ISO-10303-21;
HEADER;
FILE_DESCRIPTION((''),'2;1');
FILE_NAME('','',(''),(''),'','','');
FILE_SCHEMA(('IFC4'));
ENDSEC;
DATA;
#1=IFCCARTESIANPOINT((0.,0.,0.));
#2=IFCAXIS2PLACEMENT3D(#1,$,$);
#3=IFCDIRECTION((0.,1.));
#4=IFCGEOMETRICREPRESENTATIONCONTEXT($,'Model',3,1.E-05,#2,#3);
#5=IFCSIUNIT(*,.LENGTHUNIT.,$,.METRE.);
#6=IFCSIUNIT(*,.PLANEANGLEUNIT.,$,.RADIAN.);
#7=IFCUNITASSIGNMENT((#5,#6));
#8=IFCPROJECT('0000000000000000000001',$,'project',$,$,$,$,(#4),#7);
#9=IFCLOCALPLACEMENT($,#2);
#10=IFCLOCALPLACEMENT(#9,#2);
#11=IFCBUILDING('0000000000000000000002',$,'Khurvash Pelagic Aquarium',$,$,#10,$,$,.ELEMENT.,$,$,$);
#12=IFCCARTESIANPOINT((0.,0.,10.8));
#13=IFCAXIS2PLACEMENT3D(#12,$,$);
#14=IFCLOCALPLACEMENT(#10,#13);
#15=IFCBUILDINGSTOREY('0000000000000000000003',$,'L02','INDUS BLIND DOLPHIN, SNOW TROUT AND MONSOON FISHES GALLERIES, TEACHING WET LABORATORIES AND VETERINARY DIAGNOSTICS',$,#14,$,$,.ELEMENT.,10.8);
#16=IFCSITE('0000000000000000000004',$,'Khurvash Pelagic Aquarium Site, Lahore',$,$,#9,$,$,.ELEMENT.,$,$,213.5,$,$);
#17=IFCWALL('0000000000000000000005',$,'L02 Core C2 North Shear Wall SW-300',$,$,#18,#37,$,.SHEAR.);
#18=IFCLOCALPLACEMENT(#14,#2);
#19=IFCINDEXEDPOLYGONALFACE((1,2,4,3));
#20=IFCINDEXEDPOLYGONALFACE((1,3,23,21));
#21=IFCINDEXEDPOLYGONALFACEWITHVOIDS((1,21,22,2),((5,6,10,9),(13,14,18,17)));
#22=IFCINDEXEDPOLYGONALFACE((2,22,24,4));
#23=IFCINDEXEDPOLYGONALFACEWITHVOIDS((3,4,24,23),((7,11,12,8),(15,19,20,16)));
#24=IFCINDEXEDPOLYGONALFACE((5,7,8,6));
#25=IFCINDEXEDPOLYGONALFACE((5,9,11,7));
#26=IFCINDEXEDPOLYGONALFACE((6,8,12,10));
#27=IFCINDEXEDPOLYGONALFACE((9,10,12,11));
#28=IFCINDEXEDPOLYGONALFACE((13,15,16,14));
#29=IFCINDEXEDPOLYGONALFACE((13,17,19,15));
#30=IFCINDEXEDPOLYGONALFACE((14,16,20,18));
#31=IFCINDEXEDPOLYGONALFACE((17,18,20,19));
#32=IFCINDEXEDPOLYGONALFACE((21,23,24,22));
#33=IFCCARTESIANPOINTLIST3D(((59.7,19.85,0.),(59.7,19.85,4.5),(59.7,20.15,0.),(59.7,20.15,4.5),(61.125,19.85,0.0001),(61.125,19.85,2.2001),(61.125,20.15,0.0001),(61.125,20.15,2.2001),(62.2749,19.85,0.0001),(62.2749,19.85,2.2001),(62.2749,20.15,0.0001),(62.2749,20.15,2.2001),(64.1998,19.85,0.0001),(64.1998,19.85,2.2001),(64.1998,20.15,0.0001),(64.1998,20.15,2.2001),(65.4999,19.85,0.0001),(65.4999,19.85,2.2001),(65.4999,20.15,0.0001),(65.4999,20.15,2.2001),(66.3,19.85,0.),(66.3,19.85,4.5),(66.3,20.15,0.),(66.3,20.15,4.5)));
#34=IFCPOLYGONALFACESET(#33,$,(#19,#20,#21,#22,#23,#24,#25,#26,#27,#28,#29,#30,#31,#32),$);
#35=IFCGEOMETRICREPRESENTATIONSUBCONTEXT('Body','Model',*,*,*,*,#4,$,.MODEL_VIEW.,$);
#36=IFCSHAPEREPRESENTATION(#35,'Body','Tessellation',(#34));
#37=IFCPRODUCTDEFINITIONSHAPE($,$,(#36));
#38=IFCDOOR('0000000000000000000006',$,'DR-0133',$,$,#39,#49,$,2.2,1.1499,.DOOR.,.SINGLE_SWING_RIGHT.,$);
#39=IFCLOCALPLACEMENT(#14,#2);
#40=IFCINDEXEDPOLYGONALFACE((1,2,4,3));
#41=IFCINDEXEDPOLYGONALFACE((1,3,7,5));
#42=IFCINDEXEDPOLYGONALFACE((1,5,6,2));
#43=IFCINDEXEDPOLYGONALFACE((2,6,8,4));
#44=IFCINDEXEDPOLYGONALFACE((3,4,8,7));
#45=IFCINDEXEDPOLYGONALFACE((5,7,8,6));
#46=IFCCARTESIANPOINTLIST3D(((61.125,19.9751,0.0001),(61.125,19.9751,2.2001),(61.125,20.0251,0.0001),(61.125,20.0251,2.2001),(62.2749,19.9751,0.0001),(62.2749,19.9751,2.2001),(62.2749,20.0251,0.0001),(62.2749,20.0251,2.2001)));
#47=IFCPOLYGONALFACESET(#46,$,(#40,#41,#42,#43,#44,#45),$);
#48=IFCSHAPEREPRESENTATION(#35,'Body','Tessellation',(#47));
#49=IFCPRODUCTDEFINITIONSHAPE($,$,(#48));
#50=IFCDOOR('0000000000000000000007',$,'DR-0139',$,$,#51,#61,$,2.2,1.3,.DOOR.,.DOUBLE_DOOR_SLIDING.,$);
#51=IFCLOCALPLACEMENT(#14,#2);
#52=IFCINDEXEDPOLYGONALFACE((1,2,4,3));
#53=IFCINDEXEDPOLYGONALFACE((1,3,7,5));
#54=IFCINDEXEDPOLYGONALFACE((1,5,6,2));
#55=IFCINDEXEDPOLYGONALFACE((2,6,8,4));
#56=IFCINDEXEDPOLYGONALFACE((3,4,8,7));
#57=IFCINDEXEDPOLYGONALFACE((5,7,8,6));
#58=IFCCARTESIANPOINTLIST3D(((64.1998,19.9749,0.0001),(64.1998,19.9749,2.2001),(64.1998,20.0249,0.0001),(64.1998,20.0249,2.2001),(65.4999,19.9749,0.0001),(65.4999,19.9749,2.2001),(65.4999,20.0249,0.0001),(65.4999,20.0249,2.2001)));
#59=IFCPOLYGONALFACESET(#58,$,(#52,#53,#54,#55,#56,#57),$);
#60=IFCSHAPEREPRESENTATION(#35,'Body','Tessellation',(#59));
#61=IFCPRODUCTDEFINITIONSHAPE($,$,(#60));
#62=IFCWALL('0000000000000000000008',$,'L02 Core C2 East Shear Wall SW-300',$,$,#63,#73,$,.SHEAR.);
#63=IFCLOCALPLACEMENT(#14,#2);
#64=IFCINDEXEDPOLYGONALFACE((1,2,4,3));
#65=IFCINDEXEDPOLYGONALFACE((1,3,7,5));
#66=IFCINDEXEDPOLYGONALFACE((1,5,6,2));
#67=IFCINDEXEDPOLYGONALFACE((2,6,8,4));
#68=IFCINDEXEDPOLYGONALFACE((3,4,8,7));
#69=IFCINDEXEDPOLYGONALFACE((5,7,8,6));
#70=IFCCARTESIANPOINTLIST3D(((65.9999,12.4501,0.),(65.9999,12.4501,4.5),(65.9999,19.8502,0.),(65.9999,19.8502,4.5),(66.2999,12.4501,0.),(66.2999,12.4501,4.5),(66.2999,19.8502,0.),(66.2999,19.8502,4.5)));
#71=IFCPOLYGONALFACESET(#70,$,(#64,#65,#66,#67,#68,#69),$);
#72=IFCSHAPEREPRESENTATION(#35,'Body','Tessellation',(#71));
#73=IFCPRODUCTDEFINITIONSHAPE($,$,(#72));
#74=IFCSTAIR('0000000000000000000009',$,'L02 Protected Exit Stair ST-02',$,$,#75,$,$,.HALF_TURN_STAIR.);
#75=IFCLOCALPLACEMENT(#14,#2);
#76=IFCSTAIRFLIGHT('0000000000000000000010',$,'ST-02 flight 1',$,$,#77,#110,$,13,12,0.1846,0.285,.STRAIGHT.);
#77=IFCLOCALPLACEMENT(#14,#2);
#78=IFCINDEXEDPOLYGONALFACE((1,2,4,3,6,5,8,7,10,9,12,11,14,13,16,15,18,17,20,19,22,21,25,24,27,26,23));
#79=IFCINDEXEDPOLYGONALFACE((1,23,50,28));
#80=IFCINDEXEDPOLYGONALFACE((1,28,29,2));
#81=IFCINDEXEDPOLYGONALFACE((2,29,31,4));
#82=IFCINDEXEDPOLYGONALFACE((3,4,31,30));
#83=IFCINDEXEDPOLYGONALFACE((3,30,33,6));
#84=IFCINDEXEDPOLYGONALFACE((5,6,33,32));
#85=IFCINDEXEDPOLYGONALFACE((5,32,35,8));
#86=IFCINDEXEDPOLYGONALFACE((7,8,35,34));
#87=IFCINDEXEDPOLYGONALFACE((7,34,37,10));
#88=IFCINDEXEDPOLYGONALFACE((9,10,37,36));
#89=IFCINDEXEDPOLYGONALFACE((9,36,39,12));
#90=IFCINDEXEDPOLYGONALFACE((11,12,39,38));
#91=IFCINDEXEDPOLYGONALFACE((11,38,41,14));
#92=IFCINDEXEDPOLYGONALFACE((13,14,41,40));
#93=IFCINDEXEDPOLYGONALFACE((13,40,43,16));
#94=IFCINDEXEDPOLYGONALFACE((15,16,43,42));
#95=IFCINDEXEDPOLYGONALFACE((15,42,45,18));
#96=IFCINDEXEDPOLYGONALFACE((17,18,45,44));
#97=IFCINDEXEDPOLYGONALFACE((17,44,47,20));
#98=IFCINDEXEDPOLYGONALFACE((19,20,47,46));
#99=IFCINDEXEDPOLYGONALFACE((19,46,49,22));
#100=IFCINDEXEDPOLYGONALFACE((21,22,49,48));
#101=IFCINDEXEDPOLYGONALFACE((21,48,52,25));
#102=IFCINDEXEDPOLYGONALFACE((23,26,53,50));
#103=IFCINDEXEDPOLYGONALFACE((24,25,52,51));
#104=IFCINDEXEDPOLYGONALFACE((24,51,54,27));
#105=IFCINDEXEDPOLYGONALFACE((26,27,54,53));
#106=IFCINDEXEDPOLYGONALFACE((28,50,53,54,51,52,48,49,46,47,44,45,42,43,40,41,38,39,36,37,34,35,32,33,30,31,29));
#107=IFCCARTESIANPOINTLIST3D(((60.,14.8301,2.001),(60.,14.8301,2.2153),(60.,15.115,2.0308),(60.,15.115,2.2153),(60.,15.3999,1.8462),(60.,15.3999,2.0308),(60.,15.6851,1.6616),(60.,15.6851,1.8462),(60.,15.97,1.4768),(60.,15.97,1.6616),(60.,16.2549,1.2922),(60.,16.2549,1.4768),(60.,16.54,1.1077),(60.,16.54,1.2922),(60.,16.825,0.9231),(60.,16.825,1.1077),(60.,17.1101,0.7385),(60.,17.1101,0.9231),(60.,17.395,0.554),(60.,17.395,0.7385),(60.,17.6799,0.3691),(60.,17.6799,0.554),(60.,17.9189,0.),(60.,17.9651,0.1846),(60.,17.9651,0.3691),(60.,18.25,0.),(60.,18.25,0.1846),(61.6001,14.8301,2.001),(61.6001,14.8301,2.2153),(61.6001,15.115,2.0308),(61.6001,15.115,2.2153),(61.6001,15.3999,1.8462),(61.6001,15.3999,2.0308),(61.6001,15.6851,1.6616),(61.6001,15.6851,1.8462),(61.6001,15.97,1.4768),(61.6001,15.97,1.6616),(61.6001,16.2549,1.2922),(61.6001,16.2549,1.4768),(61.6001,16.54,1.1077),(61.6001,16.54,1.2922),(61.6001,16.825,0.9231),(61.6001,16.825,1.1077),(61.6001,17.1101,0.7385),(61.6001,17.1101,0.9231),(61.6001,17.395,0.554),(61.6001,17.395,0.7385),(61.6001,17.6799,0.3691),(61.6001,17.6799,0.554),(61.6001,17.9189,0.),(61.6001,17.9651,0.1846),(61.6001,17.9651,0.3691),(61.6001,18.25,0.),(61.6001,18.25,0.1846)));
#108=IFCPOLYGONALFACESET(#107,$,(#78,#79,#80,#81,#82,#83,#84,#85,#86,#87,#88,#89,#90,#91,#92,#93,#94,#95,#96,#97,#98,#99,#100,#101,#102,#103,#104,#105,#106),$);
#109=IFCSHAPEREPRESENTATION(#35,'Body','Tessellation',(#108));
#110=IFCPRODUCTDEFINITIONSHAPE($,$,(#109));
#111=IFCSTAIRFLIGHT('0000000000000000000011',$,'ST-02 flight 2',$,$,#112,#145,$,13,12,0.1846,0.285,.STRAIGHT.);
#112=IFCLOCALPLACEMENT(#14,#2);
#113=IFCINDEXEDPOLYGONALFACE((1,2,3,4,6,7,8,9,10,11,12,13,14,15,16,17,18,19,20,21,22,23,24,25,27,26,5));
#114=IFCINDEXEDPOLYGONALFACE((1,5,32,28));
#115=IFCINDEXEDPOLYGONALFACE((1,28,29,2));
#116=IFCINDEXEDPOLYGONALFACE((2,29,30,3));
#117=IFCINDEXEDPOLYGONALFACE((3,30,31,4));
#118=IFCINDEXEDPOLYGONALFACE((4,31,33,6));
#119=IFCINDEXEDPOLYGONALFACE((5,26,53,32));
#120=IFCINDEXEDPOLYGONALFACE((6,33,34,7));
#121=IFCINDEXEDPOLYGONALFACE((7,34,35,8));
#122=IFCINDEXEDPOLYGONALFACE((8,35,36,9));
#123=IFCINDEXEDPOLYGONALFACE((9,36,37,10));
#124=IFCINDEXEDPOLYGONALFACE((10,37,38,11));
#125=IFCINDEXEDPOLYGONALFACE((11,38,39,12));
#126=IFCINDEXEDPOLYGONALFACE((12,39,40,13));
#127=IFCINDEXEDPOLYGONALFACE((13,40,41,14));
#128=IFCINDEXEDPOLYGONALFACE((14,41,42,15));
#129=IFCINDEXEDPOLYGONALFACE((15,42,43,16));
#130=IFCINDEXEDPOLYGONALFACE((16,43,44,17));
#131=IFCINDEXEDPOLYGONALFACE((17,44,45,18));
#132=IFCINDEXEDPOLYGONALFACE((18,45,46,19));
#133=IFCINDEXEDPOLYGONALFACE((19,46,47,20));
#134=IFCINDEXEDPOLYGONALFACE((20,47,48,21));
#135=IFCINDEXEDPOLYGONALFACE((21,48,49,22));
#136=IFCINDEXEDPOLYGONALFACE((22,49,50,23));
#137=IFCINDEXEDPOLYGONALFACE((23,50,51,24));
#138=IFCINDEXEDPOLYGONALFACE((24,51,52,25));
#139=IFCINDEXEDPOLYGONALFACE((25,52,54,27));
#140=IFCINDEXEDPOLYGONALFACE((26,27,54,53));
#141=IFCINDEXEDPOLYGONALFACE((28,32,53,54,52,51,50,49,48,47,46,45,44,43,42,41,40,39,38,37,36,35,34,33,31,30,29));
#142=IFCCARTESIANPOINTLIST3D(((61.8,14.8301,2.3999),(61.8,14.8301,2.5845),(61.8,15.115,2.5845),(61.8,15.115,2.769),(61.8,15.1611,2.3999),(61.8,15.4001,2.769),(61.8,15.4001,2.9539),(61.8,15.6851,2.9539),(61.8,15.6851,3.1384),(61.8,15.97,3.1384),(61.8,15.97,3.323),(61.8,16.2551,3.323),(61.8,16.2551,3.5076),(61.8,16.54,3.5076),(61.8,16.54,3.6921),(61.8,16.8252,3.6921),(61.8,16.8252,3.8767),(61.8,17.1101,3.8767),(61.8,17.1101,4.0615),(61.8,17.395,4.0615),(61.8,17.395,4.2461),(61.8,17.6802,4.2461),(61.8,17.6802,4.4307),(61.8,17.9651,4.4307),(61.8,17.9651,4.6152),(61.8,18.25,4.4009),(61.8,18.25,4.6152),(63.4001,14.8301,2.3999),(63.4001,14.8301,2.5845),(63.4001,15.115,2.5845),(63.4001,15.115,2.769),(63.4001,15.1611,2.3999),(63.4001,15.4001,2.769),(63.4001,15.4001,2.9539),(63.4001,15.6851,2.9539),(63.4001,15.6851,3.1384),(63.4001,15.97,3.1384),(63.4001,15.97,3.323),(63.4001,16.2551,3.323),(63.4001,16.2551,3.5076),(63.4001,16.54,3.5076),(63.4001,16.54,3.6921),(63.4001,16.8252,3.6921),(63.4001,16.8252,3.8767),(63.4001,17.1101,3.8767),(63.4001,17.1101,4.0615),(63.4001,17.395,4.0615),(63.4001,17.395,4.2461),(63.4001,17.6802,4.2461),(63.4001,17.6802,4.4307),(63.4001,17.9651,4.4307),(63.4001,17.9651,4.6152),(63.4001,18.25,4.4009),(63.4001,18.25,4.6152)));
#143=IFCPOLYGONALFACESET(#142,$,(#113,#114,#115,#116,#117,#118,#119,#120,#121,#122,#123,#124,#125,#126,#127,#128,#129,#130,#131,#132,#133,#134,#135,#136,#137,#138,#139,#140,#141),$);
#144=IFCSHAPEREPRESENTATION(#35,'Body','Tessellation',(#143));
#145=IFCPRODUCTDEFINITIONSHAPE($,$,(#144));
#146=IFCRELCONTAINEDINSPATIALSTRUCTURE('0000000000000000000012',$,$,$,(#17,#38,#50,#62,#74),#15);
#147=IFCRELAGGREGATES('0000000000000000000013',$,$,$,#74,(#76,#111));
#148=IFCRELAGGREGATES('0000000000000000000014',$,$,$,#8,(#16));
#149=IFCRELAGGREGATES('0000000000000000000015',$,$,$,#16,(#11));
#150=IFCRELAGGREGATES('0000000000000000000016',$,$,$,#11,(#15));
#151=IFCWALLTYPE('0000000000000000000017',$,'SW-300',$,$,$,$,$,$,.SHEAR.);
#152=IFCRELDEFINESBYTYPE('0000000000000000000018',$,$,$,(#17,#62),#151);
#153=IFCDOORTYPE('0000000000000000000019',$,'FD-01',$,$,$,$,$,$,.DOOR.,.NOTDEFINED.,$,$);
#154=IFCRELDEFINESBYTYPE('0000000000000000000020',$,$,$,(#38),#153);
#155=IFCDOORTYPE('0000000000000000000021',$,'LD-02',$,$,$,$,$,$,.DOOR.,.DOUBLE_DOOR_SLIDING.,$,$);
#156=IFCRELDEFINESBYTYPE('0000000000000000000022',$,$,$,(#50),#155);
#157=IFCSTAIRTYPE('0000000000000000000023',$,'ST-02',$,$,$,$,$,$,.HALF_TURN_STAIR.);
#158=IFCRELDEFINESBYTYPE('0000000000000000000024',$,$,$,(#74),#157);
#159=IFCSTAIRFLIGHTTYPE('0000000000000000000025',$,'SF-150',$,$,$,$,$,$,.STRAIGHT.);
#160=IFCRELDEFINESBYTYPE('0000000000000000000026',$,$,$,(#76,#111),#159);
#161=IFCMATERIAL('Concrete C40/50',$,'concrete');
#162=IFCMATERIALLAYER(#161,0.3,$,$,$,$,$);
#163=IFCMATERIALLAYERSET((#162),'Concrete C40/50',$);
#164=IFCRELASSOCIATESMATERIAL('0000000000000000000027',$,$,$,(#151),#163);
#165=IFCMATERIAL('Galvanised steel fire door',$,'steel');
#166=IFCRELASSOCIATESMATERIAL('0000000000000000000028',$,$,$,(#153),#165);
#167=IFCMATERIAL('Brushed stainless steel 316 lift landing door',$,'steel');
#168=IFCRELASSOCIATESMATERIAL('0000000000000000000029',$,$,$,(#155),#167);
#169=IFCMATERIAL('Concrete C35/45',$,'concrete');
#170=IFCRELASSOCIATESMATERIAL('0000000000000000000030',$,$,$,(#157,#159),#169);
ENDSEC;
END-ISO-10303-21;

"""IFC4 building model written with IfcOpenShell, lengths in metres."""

from ifc_helpers import new_model, si_unit, direction, frame, frame_2d, origin, place, context, subcontext, project, spatial, polyline, rectangle, outline, extrude, material, layer, layer_set, type_object, element, fill, aggregate, save


model = new_model("IFC4")

# Units and contexts
model_context = context("Model", 3, precision=1e-05, world=origin(), true_north=direction((0.0, 1.0)))
body_context = subcontext(model_context, "Body", "Model", "MODEL_VIEW")
ifc_project = project(units=[si_unit("LENGTHUNIT", "METRE"), si_unit("PLANEANGLEUNIT", "RADIAN")], contexts=[model_context])

# Site, building, storey
site_placement = place(None, origin())
site = spatial("IfcSite", under=ifc_project, at=site_placement, Name="Khurvash Pelagic Aquarium Site, Lahore", CompositionType="ELEMENT", RefElevation=213.5)
building_placement = place(site_placement, origin())
building = spatial("IfcBuilding", under=site, at=building_placement, Name="Khurvash Pelagic Aquarium", CompositionType="ELEMENT")
storey_placement = place(building_placement, frame((0.0, 0.0, 10.8)))
storey = spatial("IfcBuildingStorey", under=building, at=storey_placement, Name="L02", Description="INDUS BLIND DOLPHIN, SNOW TROUT AND MONSOON FISHES GALLERIES, TEACHING WET LABORATORIES AND VETERINARY DIAGNOSTICS", CompositionType="ELEMENT", Elevation=10.8)

# Shared definitions
ifc_material_1 = material(Name="Concrete C40/50", Category="concrete")

# Shared definitions
ifc_material_2 = material(Name="Concrete C35/45", Category="concrete")

# Wall, openings, doors
ifc_layer_1 = layer(ifc_material_1, 0.3)
ifc_layer_set_1 = layer_set([ifc_layer_1], Name="Concrete C40/50")
wall_type_1 = type_object("IfcWallType", Name="SW-300", PredefinedType="SHEAR", material=ifc_layer_set_1)
wall_1_placement = place(storey_placement, frame((59.7, 20.0, 0.0), z_axis=(0.0, 0.0, 1.0), x_axis=(1.0, 0.0, 0.0)))
wall_1 = element("IfcWall", 1, at=wall_1_placement, inside=storey, type_object=wall_type_1, Name="L02 Core C2 North Shear Wall SW-300", PredefinedType="SHEAR", context=body_context, shape_type="SweptSolid", body=[
    extrude(rectangle(XDim=6.6001, YDim=0.3, at=frame_2d((3.3, 0.0))), origin(), (0.0, 0.0, 1.0), 4.5),
])
opening_1_placement = place(wall_1_placement, frame((1.425, 0.0, 0.0)))
opening_1 = element("IfcOpeningElement", 2, at=opening_1_placement, cuts=wall_1, PredefinedType="OPENING", context=body_context, shape_type="SweptSolid", body=[
    extrude(rectangle(XDim=1.1499, YDim=2.2, at=frame_2d((0.575, 1.1001))), frame((0.0, 0.1602, 0.0), z_axis=(0.0, -1.0, 0.0), x_axis=(1.0, 0.0, 0.0)), (0.0, 0.0, 1.0), 0.3201),
])
opening_2_placement = place(wall_1_placement, frame((4.5, 0.0, 0.0)))
opening_2 = element("IfcOpeningElement", 3, at=opening_2_placement, cuts=wall_1, PredefinedType="OPENING", context=body_context, shape_type="SweptSolid", body=[
    extrude(rectangle(XDim=1.3, YDim=2.2, at=frame_2d((0.6499, 1.1001))), frame((0.0, 0.1602, 0.0), z_axis=(0.0, -1.0, 0.0), x_axis=(1.0, 0.0, 0.0)), (0.0, 0.0, 1.0), 0.3201),
])
ifc_material_3 = material(Name="Galvanised steel fire door", Category="steel")
door_type_1 = type_object("IfcDoorType", Name="FD-01", OperationType="NOTDEFINED", PredefinedType="DOOR", material=ifc_material_3)
door_1_placement = place(opening_1_placement, frame((1.1499, 0.0, 0.0), z_axis=(0.0, 0.0, 1.0), x_axis=(-1.0, 0.0, 0.0)))
door_1 = element("IfcDoor", 4, at=door_1_placement, inside=storey, type_object=door_type_1, Name="DR-0133", OperationType="SINGLE_SWING_RIGHT", OverallHeight=2.2, OverallWidth=1.1499, PredefinedType="DOOR", context=body_context, shape_type="SweptSolid", body=[
    extrude(rectangle(XDim=1.1499, YDim=2.2, at=frame_2d((0.575, 1.1001))), frame((0.0, 0.0249, 0.0), z_axis=(0.0, -1.0, 0.0), x_axis=(1.0, 0.0, 0.0)), (0.0, 0.0, 1.0), 0.05),
])
fill(opening_1, door_1)
ifc_material_4 = material(Name="Brushed stainless steel 316 lift landing door", Category="steel")
door_type_2 = type_object("IfcDoorType", Name="LD-02", OperationType="DOUBLE_DOOR_SLIDING", PredefinedType="DOOR", material=ifc_material_4)
door_2_placement = place(opening_2_placement, origin())
door_2 = element("IfcDoor", 5, at=door_2_placement, inside=storey, type_object=door_type_2, Name="DR-0139", OperationType="DOUBLE_DOOR_SLIDING", OverallHeight=2.2, OverallWidth=1.3, PredefinedType="DOOR", context=body_context, shape_type="SweptSolid", body=[
    extrude(rectangle(XDim=1.3, YDim=2.2, at=frame_2d((0.6499, 1.1001))), frame((0.0, 0.0249, 0.0), z_axis=(0.0, -1.0, 0.0), x_axis=(1.0, 0.0, 0.0)), (0.0, 0.0, 1.0), 0.05),
])
fill(opening_2, door_2)

# Wall
wall_2_placement = place(storey_placement, frame((66.1499, 12.45, 0.0), z_axis=(0.0, 0.0, 1.0), x_axis=(0.0, 1.0, 0.0)))
element("IfcWall", 6, at=wall_2_placement, inside=storey, type_object=wall_type_1, Name="L02 Core C2 East Shear Wall SW-300", PredefinedType="SHEAR", context=body_context, shape_type="SweptSolid", body=[
    extrude(rectangle(XDim=7.4001, YDim=0.3, at=frame_2d((3.7002, 0.0))), origin(), (0.0, 0.0, 1.0), 4.5),
])

# Stair, stair flights
stair_type = type_object("IfcStairType", Name="ST-02", PredefinedType="HALF_TURN_STAIR", material=ifc_material_2)
stair_placement = place(storey_placement, origin())
stair = element("IfcStair", 7, at=stair_placement, inside=storey, type_object=stair_type, Name="L02 Protected Exit Stair ST-02", PredefinedType="HALF_TURN_STAIR")
stair_flight_type = type_object("IfcStairFlightType", Name="SF-150", PredefinedType="STRAIGHT", material=ifc_material_2)
stair_flight_1_placement = place(storey_placement, frame((60.8, 18.25, 0.0), z_axis=(0.0, 0.0, 1.0), x_axis=(0.0, -1.0, 0.0)))
stair_flight_1 = element("IfcStairFlight", 8, at=stair_flight_1_placement, type_object=stair_flight_type, Name="ST-02 flight 1", NumberOfRisers=13, NumberOfTreads=12, PredefinedType="STRAIGHT", RiserHeight=0.1846, TreadLength=0.285, context=body_context, shape_type="SweptSolid", body=[
    extrude(outline(polyline([(0.0, 0.0), (0.0, 0.1846), (0.2849, 0.1846), (0.2849, 0.3691), (0.5701, 0.3691), (0.5701, 0.554), (0.855, 0.554), (0.855, 0.7385), (1.1399, 0.7385), (1.1399, 0.9231), (1.425, 0.9231), (1.425, 1.1077), (1.71, 1.1077), (1.71, 1.2922), (1.9951, 1.2922), (1.9951, 1.4768), (2.28, 1.4768), (2.28, 1.6616), (2.5649, 1.6616), (2.5649, 1.8462), (2.8501, 1.8462), (2.8501, 2.0308), (3.135, 2.0308), (3.135, 2.2153), (3.4199, 2.2153), (3.4199, 2.3999), (3.4199, 2.001), (0.3311, 0.0), (0.0, 0.0)])), frame((0.0, 0.8, 0.0), z_axis=(0.0, -1.0, 0.0), x_axis=(1.0, 0.0, 0.0)), (0.0, 0.0, 1.0), 1.6001),
])
stair_flight_2_placement = place(storey_placement, frame((62.6001, 14.8301, 2.3999), z_axis=(0.0, 0.0, 1.0), x_axis=(0.0, 1.0, 0.0)))
stair_flight_2 = element("IfcStairFlight", 9, at=stair_flight_2_placement, type_object=stair_flight_type, Name="ST-02 flight 2", NumberOfRisers=13, NumberOfTreads=12, PredefinedType="STRAIGHT", RiserHeight=0.1846, TreadLength=0.285, context=body_context, shape_type="SweptSolid", body=[
    extrude(outline(polyline([(0.0, 0.0), (0.0, 0.1846), (0.2849, 0.1846), (0.2849, 0.3691), (0.5701, 0.3691), (0.5701, 0.554), (0.855, 0.554), (0.855, 0.7385), (1.1399, 0.7385), (1.1399, 0.9231), (1.425, 0.9231), (1.425, 1.1077), (1.71, 1.1077), (1.71, 1.2922), (1.9951, 1.2922), (1.9951, 1.4768), (2.28, 1.4768), (2.28, 1.6616), (2.5649, 1.6616), (2.5649, 1.8462), (2.8501, 1.8462), (2.8501, 2.0308), (3.135, 2.0308), (3.135, 2.2153), (3.4199, 2.2153), (3.4199, 2.3999), (3.4199, 2.001), (0.3311, 0.0), (0.0, 0.0)])), frame((0.0, 0.8, 0.0), z_axis=(0.0, -1.0, 0.0), x_axis=(1.0, 0.0, 0.0)), (0.0, 0.0, 1.0), 1.6001),
])
aggregate(stair, [stair_flight_1, stair_flight_2])

save(model, "model.ifc")
